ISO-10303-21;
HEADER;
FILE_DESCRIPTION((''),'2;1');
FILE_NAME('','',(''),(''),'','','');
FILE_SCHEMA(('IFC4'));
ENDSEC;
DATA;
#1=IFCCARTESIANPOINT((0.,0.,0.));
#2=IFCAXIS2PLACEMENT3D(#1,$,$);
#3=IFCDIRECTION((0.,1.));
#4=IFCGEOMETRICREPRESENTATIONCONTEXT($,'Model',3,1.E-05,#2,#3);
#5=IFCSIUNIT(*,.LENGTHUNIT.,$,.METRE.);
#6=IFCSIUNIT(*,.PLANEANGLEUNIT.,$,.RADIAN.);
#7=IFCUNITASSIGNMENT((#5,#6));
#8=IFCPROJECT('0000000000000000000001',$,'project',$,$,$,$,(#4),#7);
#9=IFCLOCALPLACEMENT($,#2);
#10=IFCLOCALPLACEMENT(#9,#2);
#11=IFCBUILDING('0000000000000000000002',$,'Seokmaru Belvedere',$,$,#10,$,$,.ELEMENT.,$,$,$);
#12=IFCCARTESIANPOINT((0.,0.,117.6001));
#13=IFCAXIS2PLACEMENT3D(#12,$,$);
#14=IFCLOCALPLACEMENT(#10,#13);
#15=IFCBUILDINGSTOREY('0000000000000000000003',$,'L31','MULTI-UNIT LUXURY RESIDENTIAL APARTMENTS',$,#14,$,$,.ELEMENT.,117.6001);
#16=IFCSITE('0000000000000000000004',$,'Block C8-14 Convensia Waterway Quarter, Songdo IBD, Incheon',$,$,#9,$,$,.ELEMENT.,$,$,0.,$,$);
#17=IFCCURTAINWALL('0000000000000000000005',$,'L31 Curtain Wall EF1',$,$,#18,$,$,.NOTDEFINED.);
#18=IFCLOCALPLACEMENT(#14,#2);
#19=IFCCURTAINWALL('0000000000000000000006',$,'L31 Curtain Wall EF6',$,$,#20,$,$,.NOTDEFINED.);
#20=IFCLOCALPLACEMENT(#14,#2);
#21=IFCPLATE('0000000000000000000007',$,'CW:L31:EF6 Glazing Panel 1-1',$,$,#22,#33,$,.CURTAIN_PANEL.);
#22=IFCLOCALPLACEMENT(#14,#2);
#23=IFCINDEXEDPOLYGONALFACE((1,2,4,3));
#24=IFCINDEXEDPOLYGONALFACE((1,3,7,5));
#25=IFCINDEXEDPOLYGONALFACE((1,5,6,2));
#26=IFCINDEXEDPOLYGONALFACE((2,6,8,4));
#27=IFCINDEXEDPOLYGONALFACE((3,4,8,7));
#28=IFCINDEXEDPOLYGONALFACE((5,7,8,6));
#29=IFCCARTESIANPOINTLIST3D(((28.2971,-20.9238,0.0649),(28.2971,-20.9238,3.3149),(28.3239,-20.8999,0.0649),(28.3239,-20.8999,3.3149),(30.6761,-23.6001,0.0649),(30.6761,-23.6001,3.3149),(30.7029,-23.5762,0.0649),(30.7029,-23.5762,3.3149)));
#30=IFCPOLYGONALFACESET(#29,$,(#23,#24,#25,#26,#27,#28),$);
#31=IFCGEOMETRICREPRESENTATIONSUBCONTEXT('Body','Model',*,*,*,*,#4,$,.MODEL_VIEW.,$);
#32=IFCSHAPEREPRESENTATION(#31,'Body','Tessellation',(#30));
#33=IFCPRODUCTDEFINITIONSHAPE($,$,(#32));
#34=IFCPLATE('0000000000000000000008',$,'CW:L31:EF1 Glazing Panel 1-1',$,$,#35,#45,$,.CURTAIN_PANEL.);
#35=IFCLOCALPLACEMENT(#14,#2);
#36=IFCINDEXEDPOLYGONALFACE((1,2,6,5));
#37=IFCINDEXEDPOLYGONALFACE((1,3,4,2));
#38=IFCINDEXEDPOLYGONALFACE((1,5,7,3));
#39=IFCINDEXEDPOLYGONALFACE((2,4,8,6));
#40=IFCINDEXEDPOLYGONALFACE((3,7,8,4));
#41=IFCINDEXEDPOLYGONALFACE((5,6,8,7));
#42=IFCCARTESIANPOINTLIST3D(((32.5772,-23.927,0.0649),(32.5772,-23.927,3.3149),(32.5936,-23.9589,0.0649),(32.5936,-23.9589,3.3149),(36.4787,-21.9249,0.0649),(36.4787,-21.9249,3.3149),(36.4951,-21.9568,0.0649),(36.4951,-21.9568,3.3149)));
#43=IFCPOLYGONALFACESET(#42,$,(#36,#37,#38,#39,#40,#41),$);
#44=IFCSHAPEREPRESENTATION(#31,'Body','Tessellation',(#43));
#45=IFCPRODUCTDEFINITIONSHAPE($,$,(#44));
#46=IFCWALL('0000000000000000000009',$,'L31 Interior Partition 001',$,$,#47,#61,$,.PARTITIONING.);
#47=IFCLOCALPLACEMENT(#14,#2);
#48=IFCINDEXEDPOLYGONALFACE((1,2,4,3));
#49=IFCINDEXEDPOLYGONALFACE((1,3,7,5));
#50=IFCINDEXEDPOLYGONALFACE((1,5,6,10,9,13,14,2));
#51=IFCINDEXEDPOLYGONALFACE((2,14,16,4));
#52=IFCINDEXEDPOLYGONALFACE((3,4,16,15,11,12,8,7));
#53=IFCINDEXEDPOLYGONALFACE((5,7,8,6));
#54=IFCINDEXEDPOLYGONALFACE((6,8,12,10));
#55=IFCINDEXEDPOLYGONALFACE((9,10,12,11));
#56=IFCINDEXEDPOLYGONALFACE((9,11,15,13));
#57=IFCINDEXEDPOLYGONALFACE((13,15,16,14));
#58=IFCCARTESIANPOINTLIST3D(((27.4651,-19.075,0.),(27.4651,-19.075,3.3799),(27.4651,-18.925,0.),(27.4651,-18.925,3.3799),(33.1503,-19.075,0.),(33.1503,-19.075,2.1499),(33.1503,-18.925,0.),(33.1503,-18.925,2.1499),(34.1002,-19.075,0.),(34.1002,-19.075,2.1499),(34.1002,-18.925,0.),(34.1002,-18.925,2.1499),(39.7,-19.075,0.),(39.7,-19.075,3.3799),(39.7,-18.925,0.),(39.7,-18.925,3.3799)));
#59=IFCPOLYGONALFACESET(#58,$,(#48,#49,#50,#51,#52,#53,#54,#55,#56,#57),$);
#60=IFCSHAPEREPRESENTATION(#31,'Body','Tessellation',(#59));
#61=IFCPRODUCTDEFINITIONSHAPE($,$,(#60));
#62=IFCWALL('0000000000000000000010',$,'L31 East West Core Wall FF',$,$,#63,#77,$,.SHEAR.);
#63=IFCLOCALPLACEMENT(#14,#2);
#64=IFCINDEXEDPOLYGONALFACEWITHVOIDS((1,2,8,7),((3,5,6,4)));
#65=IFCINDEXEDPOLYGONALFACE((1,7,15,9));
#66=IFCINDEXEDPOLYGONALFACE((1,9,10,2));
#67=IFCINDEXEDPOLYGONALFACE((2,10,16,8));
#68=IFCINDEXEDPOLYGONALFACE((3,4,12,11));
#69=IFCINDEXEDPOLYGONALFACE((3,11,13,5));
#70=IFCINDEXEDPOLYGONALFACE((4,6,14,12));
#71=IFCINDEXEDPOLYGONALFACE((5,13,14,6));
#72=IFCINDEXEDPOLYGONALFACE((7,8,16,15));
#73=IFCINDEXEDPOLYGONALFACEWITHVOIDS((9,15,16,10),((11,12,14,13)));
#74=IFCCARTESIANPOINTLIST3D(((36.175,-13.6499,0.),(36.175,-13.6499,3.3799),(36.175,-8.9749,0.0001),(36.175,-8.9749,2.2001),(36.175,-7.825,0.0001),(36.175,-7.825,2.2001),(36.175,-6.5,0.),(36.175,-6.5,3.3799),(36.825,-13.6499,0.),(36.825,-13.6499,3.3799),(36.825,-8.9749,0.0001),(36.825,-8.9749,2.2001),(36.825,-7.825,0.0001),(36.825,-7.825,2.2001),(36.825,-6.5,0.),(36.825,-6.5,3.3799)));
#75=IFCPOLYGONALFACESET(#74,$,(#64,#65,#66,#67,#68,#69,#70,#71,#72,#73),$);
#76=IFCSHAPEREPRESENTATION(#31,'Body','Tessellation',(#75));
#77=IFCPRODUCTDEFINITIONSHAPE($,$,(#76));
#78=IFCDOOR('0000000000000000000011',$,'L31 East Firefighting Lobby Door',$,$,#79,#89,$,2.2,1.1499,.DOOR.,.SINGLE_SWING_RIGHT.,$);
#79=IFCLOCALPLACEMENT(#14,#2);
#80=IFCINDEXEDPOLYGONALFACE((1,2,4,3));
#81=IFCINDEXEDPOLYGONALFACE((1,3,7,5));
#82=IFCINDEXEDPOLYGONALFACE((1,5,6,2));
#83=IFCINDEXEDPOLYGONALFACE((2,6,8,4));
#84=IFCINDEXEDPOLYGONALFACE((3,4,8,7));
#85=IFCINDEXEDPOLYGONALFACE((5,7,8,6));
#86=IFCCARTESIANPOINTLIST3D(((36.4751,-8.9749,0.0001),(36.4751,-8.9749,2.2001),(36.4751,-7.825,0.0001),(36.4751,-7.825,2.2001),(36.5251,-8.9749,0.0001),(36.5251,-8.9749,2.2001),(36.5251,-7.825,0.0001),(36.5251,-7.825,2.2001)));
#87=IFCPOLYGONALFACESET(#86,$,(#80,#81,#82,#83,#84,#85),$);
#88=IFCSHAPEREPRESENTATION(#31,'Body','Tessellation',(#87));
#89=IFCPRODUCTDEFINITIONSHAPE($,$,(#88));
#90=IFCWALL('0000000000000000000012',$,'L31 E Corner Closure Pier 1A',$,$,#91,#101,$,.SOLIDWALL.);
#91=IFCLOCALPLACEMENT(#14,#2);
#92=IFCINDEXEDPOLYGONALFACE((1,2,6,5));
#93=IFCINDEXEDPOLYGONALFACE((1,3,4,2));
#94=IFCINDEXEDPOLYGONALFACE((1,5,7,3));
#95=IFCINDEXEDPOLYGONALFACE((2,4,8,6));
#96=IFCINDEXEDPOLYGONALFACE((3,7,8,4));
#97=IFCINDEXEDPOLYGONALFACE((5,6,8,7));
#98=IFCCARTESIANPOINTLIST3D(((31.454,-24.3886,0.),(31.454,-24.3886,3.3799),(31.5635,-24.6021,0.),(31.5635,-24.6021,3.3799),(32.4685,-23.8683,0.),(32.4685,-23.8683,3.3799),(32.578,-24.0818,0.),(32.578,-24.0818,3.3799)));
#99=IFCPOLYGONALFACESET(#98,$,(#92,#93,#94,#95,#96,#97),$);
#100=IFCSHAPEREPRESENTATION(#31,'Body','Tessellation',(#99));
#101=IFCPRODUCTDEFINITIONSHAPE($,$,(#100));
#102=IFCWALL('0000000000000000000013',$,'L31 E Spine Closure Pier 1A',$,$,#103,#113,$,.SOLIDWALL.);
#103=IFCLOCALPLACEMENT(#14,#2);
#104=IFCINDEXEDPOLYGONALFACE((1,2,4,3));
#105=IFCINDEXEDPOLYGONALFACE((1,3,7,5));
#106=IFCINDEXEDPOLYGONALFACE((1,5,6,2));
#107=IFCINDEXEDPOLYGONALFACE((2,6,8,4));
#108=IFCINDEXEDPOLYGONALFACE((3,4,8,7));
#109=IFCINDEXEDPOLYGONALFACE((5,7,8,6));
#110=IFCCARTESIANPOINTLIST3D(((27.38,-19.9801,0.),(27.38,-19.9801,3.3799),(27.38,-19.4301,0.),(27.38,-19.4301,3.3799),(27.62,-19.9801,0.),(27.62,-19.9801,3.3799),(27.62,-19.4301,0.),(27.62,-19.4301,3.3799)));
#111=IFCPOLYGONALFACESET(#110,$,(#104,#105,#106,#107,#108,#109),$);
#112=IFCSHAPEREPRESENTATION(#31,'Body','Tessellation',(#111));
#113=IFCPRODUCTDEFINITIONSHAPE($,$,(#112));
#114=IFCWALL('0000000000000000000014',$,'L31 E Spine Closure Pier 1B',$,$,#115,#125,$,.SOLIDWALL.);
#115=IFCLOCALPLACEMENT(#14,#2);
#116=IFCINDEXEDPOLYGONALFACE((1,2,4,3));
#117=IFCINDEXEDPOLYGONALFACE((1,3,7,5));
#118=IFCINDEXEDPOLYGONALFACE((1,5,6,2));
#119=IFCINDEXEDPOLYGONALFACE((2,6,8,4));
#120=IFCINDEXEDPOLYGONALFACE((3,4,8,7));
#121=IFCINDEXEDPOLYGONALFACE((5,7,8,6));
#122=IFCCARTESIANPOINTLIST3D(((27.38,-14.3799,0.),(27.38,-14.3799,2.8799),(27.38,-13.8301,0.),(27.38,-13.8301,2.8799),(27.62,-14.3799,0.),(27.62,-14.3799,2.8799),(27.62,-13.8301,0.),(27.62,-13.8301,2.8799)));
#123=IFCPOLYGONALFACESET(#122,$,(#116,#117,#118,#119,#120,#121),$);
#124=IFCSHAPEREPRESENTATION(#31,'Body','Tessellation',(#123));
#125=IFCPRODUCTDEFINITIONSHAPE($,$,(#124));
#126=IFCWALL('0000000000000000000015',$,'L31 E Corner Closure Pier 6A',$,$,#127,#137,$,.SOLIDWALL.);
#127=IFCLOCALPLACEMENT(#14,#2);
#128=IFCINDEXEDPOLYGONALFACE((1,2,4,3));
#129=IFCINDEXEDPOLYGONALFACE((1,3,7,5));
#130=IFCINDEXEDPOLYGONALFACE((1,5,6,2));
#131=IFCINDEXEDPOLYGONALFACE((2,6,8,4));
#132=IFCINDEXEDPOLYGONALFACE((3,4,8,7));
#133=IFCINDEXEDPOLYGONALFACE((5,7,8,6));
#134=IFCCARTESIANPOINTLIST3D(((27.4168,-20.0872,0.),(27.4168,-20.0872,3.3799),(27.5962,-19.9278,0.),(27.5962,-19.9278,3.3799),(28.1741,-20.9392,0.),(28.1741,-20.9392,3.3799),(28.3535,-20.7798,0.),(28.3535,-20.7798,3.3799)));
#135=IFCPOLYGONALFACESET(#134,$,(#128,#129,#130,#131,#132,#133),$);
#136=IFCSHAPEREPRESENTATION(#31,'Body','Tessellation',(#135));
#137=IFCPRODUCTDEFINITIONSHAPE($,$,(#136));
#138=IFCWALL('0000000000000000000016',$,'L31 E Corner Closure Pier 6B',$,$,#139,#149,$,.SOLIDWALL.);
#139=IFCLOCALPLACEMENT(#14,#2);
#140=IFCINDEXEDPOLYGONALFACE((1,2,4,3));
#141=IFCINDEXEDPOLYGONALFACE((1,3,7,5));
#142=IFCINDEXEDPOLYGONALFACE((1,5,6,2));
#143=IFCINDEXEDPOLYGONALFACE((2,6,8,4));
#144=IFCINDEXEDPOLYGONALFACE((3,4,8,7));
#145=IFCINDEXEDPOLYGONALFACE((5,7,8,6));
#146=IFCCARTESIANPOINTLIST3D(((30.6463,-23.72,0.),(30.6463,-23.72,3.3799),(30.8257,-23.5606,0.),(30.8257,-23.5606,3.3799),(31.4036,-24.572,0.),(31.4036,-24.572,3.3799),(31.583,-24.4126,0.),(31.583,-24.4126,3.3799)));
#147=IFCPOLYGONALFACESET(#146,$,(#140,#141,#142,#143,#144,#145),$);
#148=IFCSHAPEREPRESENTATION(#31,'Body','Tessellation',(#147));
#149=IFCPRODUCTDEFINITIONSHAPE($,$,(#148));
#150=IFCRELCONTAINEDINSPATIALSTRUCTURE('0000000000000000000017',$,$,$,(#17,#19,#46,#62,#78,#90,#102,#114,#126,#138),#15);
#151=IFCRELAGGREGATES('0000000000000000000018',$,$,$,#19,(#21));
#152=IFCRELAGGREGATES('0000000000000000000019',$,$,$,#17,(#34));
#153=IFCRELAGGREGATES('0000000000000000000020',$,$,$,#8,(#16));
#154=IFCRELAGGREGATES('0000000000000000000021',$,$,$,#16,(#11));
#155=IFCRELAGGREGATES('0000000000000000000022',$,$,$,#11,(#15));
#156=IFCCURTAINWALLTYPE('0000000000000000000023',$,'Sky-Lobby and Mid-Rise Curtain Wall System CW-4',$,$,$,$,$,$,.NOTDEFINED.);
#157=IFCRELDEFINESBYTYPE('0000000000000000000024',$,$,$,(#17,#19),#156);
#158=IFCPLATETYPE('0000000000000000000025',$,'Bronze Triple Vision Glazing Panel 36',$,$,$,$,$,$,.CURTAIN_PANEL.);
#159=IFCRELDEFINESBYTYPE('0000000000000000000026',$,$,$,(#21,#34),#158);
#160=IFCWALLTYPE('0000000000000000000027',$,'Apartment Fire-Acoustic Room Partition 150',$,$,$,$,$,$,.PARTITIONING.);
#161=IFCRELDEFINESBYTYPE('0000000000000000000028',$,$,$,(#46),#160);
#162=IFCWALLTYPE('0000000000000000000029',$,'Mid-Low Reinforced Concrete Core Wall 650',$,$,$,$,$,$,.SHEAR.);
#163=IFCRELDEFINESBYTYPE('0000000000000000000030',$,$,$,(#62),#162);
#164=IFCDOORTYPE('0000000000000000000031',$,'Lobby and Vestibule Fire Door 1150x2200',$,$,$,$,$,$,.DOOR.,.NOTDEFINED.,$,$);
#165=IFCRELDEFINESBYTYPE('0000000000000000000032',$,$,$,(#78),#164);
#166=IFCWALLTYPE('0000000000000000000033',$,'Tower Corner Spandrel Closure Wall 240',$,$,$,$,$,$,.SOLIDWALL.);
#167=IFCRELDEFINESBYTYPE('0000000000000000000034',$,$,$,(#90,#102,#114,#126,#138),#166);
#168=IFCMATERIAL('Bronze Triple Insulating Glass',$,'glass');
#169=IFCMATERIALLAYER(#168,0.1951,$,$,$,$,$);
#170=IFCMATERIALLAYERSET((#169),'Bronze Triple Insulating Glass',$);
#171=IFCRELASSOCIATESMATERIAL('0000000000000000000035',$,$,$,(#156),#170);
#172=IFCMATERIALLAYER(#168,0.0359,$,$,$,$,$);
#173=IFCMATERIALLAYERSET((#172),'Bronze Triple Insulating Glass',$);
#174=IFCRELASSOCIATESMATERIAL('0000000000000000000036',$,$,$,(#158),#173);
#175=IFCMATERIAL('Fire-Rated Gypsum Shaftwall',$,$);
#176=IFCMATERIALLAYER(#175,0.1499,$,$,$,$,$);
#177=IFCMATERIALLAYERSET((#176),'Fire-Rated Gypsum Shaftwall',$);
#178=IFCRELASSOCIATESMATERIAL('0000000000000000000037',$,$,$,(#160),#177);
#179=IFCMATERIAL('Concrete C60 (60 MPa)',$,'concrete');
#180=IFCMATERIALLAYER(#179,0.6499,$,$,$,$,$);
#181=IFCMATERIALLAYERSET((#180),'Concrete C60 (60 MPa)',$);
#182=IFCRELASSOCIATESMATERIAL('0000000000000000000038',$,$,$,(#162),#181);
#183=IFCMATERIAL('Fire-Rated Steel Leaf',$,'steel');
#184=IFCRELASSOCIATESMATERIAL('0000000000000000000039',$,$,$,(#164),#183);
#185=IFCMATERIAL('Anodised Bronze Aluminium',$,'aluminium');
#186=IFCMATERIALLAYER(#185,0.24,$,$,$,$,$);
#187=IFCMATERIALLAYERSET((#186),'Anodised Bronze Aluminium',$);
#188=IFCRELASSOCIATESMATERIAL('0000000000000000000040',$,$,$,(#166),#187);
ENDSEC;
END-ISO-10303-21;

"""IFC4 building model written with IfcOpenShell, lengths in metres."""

from ifc_helpers import new_model, si_unit, direction, frame, frame_2d, origin, origin_2d, place, context, subcontext, project, spatial, rectangle, extrude, source, transform, mapped, material, layer, layer_set, type_object, type_shapes, element, fill, aggregate, save


model = new_model("IFC4")

# Units and contexts
model_context = context("Model", 3, precision=1e-05, world=origin(), true_north=direction((0.0, 1.0)))
body_context = subcontext(model_context, "Body", "Model", "MODEL_VIEW")
ifc_project = project(units=[si_unit("LENGTHUNIT", "METRE"), si_unit("PLANEANGLEUNIT", "RADIAN")], contexts=[model_context])

# Site, building, storey
site_placement = place(None, origin())
site = spatial("IfcSite", under=ifc_project, at=site_placement, Name="Block C8-14 Convensia Waterway Quarter, Songdo IBD, Incheon", CompositionType="ELEMENT", RefElevation=0.0)
building_placement = place(site_placement, origin())
building = spatial("IfcBuilding", under=site, at=building_placement, Name="Seokmaru Belvedere", CompositionType="ELEMENT")
storey_placement = place(building_placement, frame((0.0, 0.0, 117.6001)))
storey = spatial("IfcBuildingStorey", under=building, at=storey_placement, Name="L31", Description="MULTI-UNIT LUXURY RESIDENTIAL APARTMENTS", CompositionType="ELEMENT", Elevation=117.6001)

# Curtain wall
ifc_material_1 = material(Name="Bronze Triple Insulating Glass", Category="glass")
ifc_layer_1 = layer(ifc_material_1, 0.1951)
ifc_layer_set_1 = layer_set([ifc_layer_1], Name="Bronze Triple Insulating Glass")
curtain_wall_type = type_object("IfcCurtainWallType", Name="Sky-Lobby and Mid-Rise Curtain Wall System CW-4", PredefinedType="NOTDEFINED", material=ifc_layer_set_1)
curtain_wall_1_placement = place(storey_placement, origin())
curtain_wall_1 = element("IfcCurtainWall", 1, at=curtain_wall_1_placement, inside=storey, type_object=curtain_wall_type, Name="L31 Curtain Wall EF1", PredefinedType="NOTDEFINED")
ifc_material_2 = material(Name="Anodised Bronze Aluminium", Category="aluminium")

# Curtain wall
curtain_wall_2_placement = place(storey_placement, origin())
curtain_wall_2 = element("IfcCurtainWall", 2, at=curtain_wall_2_placement, inside=storey, type_object=curtain_wall_type, Name="L31 Curtain Wall EF6", PredefinedType="NOTDEFINED")

# Plates
ifc_layer_2 = layer(ifc_material_1, 0.0359)
ifc_layer_set_2 = layer_set([ifc_layer_2], Name="Bronze Triple Insulating Glass")
plate_type = type_object("IfcPlateType", Name="Bronze Triple Vision Glazing Panel 36", PredefinedType="CURTAIN_PANEL", material=ifc_layer_set_2)
shared_shape_1 = source(origin(), body_context, "Body", "SweptSolid", [
    extrude(rectangle(XDim=3.5808, YDim=0.0359, at=origin_2d()), origin(), (0.0, 0.0, 1.0), 3.25),
])
plate_1_placement = place(storey_placement, frame((29.5, -22.25, 0.0649), z_axis=(0.0, 0.0, 1.0), x_axis=(0.664363, -0.74741, 0.0)))
plate_1 = element("IfcPlate", 3, at=plate_1_placement, type_object=plate_type, Name="CW:L31:EF6 Glazing Panel 1-1", PredefinedType="CURTAIN_PANEL", context=body_context, shape_type="MappedRepresentation", body=[
    mapped(shared_shape_1, transform((0.0, 0.0, 0.0), scale=1.0)),
])
aggregate(curtain_wall_2, [plate_1])
shared_shape_2 = source(origin(), body_context, "Body", "SweptSolid", [
    extrude(rectangle(XDim=4.3853, YDim=0.0359, at=origin_2d()), origin(), (0.0, 0.0, 1.0), 3.25),
])
plate_2_placement = place(storey_placement, frame((34.5361, -22.9419, 0.0649), z_axis=(0.0, 0.0, 1.0), x_axis=(0.889695, 0.456555, 0.0)))
plate_2 = element("IfcPlate", 4, at=plate_2_placement, type_object=plate_type, Name="CW:L31:EF1 Glazing Panel 1-1", PredefinedType="CURTAIN_PANEL", context=body_context, shape_type="MappedRepresentation", body=[
    mapped(shared_shape_2, transform((0.0, 0.0, 0.0), scale=1.0)),
])
aggregate(curtain_wall_1, [plate_2])

# Wall, opening
ifc_material_3 = material(Name="Fire-Rated Gypsum Shaftwall")
ifc_layer_3 = layer(ifc_material_3, 0.1499)
ifc_layer_set_3 = layer_set([ifc_layer_3], Name="Fire-Rated Gypsum Shaftwall")
wall_type_1 = type_object("IfcWallType", Name="Apartment Fire-Acoustic Room Partition 150", PredefinedType="PARTITIONING", material=ifc_layer_set_3)
wall_1_placement = place(storey_placement, frame((27.4651, -19.0, 0.0), z_axis=(0.0, 0.0, 1.0), x_axis=(1.0, 0.0, 0.0)))
wall_1 = element("IfcWall", 5, at=wall_1_placement, inside=storey, type_object=wall_type_1, Name="L31 Interior Partition 001", PredefinedType="PARTITIONING", context=body_context, shape_type="SweptSolid", body=[
    extrude(rectangle(XDim=12.2349, YDim=0.1499, at=frame_2d((6.1174, 0.0))), origin(), (0.0, 0.0, 1.0), 3.3799),
])
opening_1_placement = place(wall_1_placement, frame((5.6851, 0.0, 0.0)))
element("IfcOpeningElement", 6, at=opening_1_placement, cuts=wall_1, PredefinedType="OPENING", context=body_context, shape_type="SweptSolid", body=[
    extrude(rectangle(XDim=0.95, YDim=2.1499, at=frame_2d((0.4751, 1.075))), frame((0.0, 0.085, 0.0), z_axis=(0.0, -1.0, 0.0), x_axis=(1.0, 0.0, 0.0)), (0.0, 0.0, 1.0), 0.1699),
])

# Wall, opening, door
ifc_material_4 = material(Name="Concrete C60 (60 MPa)", Category="concrete")
ifc_layer_4 = layer(ifc_material_4, 0.6499)
ifc_layer_set_4 = layer_set([ifc_layer_4], Name="Concrete C60 (60 MPa)")
wall_type_2 = type_object("IfcWallType", Name="Mid-Low Reinforced Concrete Core Wall 650", PredefinedType="SHEAR", material=ifc_layer_set_4)
wall_2_placement = place(storey_placement, frame((36.5, -13.6499, 0.0), z_axis=(0.0, 0.0, 1.0), x_axis=(0.0, 1.0, 0.0)))
wall_2 = element("IfcWall", 7, at=wall_2_placement, inside=storey, type_object=wall_type_2, Name="L31 East West Core Wall FF", PredefinedType="SHEAR", context=body_context, shape_type="SweptSolid", body=[
    extrude(rectangle(XDim=7.1499, YDim=0.6499, at=frame_2d((3.575, 0.0))), origin(), (0.0, 0.0, 1.0), 3.3799),
])
opening_2_placement = place(wall_2_placement, frame((4.675, 0.0, 0.0)))
opening_2 = element("IfcOpeningElement", 8, at=opening_2_placement, cuts=wall_2, PredefinedType="OPENING", context=body_context, shape_type="SweptSolid", body=[
    extrude(rectangle(XDim=1.1499, YDim=2.2, at=frame_2d((0.575, 1.1001))), frame((0.0, 0.335, 0.0), z_axis=(0.0, -1.0, 0.0), x_axis=(1.0, 0.0, 0.0)), (0.0, 0.0, 1.0), 0.6699),
])
ifc_material_5 = material(Name="Fire-Rated Steel Leaf", Category="steel")
door_type = type_object("IfcDoorType", Name="Lobby and Vestibule Fire Door 1150x2200", OperationType="NOTDEFINED", PredefinedType="DOOR", material=ifc_material_5)
shared_shape_3 = source(origin(), body_context, "Body", "SweptSolid", [
    extrude(rectangle(XDim=1.1499, YDim=2.2, at=frame_2d((0.575, 1.1001))), frame((0.0, 0.0249, 0.0), z_axis=(0.0, -1.0, 0.0), x_axis=(1.0, 0.0, 0.0)), (0.0, 0.0, 1.0), 0.05),
])
type_shapes(door_type, [shared_shape_3])
door_placement = place(opening_2_placement, origin())
door = element("IfcDoor", 9, at=door_placement, inside=storey, type_object=door_type, Name="L31 East Firefighting Lobby Door", OperationType="SINGLE_SWING_RIGHT", OverallHeight=2.2, OverallWidth=1.1499, PredefinedType="DOOR", context=body_context, shape_type="MappedRepresentation", body=[
    mapped(shared_shape_3, transform((0.0, 0.0, 0.0), scale=1.0)),
])
fill(opening_2, door)

# Walls
ifc_layer_5 = layer(ifc_material_2, 0.24)
ifc_layer_set_5 = layer_set([ifc_layer_5], Name="Anodised Bronze Aluminium")
wall_type_3 = type_object("IfcWallType", Name="Tower Corner Spandrel Closure Wall 240", PredefinedType="SOLIDWALL", material=ifc_layer_set_5)
wall_3_placement = place(storey_placement, frame((31.5088, -24.4954, 0.0), z_axis=(0.0, 0.0, 1.0), x_axis=(0.889797, 0.456356, 0.0)))
element("IfcWall", 10, at=wall_3_placement, inside=storey, type_object=wall_type_3, Name="L31 E Corner Closure Pier 1A", PredefinedType="SOLIDWALL", context=body_context, shape_type="SweptSolid", body=[
    extrude(rectangle(XDim=1.1401, YDim=0.24, at=frame_2d((0.5701, 0.0))), origin(), (0.0, 0.0, 1.0), 3.3799),
])
wall_4_placement = place(storey_placement, frame((27.5, -19.98, 0.0), z_axis=(0.0, 0.0, 1.0), x_axis=(0.0, 1.0, 0.0)))
element("IfcWall", 11, at=wall_4_placement, inside=storey, type_object=wall_type_3, Name="L31 E Spine Closure Pier 1A", PredefinedType="SOLIDWALL", context=body_context, shape_type="SweptSolid", body=[
    extrude(rectangle(XDim=0.55, YDim=0.24, at=frame_2d((0.2749, 0.0))), origin(), (0.0, 0.0, 1.0), 3.3799),
])
wall_5_placement = place(storey_placement, frame((27.5, -14.3799, 0.0), z_axis=(0.0, 0.0, 1.0), x_axis=(0.0, 1.0, 0.0)))
element("IfcWall", 12, at=wall_5_placement, inside=storey, type_object=wall_type_3, Name="L31 E Spine Closure Pier 1B", PredefinedType="SOLIDWALL", context=body_context, shape_type="SweptSolid", body=[
    extrude(rectangle(XDim=0.5498, YDim=0.24, at=frame_2d((0.2749, 0.0))), origin(), (0.0, 0.0, 1.0), 2.8799),
])
for number, where, z_axis, x_axis, name in (
    (13, (27.5066, -20.0076, 0.0), (0.0, 0.0, 1.0), (0.664337, -0.747433, 0.0), "L31 E Corner Closure Pier 6A"),
    (14, (30.7361, -23.6404, 0.0), (0.0, 0.0, 1.0), (0.664337, -0.747433, 0.0), "L31 E Corner Closure Pier 6B"),
):
    element("IfcWall", number, at=place(storey_placement, frame(where, z_axis=z_axis, x_axis=x_axis)), inside=storey, type_object=wall_type_3, Name=name, PredefinedType="SOLIDWALL", context=body_context, shape_type="SweptSolid", body=[
        extrude(rectangle(XDim=1.1399, YDim=0.24, at=frame_2d((0.5698, 0.0))), origin(), (0.0, 0.0, 1.0), 3.3799),
    ])

save(model, "model.ifc")
